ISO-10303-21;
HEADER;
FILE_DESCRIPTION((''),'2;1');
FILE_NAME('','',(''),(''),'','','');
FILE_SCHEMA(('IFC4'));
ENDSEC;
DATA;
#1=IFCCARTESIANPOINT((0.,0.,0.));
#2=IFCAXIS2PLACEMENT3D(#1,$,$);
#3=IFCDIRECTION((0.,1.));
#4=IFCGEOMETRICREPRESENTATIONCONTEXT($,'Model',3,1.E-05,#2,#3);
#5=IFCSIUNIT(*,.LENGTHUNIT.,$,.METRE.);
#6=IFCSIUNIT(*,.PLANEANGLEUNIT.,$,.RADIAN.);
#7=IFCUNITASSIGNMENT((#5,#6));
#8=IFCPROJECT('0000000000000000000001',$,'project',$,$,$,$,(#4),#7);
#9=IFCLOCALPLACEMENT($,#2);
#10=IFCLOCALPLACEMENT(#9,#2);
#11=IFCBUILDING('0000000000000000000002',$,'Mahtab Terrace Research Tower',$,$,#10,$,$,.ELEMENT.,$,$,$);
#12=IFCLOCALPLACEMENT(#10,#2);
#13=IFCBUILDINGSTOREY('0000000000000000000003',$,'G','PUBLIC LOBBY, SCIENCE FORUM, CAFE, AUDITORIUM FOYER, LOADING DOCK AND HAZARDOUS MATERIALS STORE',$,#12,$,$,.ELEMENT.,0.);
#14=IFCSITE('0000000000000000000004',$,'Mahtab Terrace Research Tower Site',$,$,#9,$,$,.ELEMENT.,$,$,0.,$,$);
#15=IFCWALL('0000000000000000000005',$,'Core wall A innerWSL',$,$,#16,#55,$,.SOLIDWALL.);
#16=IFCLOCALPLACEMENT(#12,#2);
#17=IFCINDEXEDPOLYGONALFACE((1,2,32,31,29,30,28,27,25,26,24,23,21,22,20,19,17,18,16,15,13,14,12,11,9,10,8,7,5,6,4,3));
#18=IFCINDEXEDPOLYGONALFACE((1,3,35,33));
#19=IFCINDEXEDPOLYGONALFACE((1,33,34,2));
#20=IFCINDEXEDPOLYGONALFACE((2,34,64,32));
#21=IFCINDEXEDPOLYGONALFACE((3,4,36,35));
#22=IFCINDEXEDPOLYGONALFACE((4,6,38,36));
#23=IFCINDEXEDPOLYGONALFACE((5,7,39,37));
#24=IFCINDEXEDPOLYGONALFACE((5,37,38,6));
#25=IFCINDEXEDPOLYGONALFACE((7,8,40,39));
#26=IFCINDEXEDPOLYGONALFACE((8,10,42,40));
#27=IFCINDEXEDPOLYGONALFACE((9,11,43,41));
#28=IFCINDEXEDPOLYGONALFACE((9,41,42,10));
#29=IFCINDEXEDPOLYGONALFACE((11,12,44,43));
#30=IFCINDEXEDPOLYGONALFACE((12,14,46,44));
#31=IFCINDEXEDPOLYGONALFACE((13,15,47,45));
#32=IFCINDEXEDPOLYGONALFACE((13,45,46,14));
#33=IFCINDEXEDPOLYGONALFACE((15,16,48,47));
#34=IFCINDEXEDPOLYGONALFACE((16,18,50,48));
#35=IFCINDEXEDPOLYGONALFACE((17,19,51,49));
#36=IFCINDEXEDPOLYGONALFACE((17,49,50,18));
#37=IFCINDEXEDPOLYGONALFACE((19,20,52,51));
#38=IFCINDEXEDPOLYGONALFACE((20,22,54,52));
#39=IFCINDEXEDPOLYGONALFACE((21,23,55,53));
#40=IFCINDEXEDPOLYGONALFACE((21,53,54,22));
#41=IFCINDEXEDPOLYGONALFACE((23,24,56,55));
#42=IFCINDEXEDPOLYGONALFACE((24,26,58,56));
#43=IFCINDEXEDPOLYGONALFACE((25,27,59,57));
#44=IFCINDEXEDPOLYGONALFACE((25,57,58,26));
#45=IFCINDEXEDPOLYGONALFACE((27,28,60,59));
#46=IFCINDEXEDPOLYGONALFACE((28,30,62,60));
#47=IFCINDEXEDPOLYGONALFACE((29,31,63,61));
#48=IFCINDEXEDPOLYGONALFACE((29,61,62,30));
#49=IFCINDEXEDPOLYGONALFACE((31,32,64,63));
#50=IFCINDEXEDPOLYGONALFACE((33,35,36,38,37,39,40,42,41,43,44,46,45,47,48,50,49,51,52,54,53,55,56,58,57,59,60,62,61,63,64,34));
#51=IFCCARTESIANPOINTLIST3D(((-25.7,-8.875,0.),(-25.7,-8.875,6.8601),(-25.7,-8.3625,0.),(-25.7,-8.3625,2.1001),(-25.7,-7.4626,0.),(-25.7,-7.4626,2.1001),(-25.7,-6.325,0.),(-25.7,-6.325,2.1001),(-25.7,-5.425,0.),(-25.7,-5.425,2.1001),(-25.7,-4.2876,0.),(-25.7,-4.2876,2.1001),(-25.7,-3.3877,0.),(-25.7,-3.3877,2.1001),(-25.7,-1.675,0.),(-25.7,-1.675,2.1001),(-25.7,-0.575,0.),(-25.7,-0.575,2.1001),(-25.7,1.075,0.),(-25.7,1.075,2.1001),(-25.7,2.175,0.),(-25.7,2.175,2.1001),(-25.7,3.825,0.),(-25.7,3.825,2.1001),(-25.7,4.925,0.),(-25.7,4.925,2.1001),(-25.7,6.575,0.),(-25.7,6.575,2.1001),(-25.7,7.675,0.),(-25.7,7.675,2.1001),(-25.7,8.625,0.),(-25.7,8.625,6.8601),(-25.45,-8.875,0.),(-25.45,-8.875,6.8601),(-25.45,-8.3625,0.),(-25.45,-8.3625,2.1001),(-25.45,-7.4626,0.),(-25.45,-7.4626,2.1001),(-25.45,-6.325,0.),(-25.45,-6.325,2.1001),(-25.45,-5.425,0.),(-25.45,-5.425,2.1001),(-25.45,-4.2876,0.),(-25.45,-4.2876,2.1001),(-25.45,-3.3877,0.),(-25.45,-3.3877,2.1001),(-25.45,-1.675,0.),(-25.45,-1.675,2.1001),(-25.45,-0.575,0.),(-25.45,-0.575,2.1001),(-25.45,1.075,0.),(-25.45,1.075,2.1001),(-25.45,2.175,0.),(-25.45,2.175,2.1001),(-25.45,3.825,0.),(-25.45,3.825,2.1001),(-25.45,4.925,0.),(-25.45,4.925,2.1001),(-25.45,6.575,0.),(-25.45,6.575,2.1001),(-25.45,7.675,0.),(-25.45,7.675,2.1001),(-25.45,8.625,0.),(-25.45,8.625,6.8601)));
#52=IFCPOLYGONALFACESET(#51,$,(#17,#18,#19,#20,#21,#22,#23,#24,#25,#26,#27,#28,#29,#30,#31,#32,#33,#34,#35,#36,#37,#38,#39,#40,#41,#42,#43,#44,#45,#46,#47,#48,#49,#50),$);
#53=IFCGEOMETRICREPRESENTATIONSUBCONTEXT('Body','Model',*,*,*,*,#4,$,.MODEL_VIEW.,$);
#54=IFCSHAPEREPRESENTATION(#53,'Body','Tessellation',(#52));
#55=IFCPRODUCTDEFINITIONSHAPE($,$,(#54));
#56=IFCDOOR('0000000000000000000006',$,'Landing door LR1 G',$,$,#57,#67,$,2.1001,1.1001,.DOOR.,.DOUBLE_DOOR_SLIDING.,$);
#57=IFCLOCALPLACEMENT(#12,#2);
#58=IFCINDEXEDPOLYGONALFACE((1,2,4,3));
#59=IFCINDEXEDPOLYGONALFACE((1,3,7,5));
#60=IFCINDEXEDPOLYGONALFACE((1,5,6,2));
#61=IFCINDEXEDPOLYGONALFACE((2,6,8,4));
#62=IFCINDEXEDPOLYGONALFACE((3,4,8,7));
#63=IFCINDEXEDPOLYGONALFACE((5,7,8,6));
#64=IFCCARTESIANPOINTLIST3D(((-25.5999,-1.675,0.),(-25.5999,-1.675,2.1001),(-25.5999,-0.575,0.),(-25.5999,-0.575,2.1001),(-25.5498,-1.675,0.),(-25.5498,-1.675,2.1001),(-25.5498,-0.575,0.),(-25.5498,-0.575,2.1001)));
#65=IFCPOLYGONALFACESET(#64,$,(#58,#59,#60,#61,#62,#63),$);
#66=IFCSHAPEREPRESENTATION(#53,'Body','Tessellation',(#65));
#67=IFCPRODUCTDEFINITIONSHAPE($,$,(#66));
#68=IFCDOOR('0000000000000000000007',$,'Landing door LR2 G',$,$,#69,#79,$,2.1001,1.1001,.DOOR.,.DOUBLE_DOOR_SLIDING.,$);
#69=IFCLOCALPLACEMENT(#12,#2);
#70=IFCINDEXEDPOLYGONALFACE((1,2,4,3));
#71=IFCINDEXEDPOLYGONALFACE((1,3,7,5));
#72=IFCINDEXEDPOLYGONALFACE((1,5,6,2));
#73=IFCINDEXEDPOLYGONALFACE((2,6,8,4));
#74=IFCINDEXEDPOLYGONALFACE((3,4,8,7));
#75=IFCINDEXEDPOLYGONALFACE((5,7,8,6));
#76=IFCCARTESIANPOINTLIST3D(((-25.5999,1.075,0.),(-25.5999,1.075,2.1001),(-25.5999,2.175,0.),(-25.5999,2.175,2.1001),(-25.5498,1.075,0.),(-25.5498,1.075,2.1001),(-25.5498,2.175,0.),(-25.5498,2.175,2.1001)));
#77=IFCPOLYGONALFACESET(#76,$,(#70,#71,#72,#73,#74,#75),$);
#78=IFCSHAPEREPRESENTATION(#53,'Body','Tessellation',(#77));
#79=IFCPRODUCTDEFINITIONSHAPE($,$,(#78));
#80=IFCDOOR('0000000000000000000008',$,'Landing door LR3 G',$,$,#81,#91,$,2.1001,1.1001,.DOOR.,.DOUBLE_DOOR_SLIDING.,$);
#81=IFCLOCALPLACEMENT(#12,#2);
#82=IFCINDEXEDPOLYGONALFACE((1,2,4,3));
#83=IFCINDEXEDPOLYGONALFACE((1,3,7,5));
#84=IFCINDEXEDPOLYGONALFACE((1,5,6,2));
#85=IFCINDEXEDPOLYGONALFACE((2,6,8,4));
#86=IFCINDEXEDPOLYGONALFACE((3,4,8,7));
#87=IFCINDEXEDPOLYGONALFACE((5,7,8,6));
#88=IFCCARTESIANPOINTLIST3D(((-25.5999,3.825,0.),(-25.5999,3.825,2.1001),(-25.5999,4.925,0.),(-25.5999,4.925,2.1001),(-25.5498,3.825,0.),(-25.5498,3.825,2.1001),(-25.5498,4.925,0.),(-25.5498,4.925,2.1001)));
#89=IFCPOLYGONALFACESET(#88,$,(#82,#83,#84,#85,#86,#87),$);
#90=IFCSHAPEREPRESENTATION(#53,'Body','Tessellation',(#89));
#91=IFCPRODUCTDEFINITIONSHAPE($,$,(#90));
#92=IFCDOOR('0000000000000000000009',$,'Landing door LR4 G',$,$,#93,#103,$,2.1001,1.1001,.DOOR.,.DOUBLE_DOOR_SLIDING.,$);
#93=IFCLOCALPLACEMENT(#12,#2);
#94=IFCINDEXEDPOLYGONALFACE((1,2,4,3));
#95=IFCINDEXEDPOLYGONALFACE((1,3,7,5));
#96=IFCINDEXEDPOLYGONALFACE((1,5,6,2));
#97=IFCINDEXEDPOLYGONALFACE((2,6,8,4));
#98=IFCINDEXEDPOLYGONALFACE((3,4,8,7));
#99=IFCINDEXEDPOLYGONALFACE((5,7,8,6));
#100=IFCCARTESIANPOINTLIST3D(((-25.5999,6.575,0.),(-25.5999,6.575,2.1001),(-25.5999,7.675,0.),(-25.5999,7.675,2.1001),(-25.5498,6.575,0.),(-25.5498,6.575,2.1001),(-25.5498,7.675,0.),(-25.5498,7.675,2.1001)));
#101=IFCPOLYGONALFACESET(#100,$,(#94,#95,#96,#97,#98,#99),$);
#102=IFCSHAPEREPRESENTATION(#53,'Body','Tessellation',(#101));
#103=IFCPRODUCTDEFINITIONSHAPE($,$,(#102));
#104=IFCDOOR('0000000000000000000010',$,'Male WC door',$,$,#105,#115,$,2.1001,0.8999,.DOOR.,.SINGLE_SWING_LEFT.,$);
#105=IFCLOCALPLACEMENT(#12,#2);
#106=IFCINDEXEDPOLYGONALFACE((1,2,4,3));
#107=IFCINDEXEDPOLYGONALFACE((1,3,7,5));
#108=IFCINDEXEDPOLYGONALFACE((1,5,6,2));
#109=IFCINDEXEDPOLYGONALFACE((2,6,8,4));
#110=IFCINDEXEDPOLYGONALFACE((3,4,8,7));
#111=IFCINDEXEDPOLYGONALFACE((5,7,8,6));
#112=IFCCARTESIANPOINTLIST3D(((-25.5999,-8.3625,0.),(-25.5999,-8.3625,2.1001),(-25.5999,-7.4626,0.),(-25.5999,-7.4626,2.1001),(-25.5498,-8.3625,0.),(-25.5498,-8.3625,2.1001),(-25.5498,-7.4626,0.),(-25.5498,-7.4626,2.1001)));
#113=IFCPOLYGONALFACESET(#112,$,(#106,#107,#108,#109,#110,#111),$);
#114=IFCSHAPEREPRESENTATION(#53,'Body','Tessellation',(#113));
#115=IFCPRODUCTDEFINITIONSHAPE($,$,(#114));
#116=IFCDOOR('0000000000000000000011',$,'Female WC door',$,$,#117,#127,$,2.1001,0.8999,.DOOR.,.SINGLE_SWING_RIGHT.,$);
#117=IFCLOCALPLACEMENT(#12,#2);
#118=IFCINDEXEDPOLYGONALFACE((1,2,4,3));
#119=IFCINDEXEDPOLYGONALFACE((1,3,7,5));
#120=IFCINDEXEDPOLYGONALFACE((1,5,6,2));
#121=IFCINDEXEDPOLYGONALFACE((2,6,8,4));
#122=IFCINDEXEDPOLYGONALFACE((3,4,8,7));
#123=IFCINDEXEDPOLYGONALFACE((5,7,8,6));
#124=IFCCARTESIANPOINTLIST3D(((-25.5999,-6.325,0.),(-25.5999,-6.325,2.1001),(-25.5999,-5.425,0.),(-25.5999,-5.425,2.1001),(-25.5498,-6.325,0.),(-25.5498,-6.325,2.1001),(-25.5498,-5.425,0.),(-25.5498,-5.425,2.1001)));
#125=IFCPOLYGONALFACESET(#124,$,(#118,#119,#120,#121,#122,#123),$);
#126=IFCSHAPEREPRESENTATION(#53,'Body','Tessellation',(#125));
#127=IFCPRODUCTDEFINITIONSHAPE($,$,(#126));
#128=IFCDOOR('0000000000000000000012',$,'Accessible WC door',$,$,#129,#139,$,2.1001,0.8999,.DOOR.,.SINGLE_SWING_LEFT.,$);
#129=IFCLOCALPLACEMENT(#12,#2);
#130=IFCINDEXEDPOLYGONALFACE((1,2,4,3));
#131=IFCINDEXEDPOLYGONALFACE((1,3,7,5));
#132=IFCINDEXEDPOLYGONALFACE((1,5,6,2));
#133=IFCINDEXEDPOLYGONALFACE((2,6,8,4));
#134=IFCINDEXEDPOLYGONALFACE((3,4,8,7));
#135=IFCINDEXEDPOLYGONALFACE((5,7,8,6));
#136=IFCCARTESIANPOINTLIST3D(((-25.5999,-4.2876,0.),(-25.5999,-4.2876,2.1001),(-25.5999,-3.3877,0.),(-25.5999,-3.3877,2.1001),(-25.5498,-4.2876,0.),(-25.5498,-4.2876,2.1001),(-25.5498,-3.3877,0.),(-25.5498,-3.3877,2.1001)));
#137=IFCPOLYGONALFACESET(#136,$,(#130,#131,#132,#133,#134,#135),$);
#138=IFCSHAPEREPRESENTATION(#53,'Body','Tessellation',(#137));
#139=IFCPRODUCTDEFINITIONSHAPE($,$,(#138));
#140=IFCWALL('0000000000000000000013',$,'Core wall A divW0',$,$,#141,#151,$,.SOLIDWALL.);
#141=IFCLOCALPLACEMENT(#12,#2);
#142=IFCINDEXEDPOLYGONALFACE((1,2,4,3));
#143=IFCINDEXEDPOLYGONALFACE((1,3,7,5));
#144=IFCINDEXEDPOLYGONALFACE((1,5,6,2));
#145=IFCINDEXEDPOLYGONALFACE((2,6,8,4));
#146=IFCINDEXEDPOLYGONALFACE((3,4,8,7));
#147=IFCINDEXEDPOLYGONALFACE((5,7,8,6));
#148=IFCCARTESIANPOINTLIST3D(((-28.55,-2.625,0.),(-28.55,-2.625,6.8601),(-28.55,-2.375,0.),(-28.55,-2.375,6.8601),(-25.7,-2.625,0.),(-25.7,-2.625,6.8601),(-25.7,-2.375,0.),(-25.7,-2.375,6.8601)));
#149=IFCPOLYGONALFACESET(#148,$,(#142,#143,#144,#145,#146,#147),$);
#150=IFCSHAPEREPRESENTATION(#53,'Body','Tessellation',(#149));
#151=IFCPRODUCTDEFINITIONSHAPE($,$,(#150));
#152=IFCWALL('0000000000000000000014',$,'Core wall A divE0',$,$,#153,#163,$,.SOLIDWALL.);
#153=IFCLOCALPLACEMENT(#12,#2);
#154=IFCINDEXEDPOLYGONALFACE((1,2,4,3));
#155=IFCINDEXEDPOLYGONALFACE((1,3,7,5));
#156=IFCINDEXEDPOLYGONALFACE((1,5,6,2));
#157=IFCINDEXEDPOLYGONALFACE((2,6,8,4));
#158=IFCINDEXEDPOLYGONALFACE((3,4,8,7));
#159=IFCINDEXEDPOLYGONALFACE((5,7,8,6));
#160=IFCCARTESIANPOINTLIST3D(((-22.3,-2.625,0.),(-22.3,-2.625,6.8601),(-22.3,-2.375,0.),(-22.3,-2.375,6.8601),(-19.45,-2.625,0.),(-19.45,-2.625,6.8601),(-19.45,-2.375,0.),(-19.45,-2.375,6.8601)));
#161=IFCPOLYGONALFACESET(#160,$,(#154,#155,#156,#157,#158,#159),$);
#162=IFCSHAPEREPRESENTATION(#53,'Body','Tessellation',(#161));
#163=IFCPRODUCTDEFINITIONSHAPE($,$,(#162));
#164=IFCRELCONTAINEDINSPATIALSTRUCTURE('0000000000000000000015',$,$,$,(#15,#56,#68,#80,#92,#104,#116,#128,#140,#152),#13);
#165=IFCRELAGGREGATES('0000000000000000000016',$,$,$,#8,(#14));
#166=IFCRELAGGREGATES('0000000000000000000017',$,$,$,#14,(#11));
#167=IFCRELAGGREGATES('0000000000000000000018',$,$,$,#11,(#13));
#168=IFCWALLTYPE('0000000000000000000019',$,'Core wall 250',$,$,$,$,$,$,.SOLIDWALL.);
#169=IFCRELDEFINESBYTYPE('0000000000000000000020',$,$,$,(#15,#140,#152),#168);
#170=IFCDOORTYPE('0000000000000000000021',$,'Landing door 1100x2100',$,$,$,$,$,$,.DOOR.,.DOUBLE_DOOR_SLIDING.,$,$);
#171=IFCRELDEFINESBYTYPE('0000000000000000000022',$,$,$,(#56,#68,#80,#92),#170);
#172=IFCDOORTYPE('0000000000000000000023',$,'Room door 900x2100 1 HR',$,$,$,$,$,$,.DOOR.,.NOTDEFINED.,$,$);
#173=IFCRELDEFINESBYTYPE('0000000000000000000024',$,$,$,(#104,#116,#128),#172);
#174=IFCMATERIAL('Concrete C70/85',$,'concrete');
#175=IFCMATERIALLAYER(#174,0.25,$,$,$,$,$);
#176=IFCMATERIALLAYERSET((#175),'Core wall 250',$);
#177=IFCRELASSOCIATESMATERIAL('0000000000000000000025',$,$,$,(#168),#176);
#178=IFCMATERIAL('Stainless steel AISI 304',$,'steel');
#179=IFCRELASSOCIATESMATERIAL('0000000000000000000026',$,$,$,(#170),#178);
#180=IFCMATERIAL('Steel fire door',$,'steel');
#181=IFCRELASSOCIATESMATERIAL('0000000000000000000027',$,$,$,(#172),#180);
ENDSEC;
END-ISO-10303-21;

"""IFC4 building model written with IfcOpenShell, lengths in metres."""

from ifc_helpers import new_model, si_unit, direction, frame, frame_2d, origin, place, context, subcontext, project, spatial, rectangle, extrude, material, layer, layer_set, type_object, element, fill, save


model = new_model("IFC4")

# Units and contexts
model_context = context("Model", 3, precision=1e-05, world=origin(), true_north=direction((0.0, 1.0)))
body_context = subcontext(model_context, "Body", "Model", "MODEL_VIEW")
ifc_project = project(units=[si_unit("LENGTHUNIT", "METRE"), si_unit("PLANEANGLEUNIT", "RADIAN")], contexts=[model_context])

# Site, building, storey
site_placement = place(None, origin())
site = spatial("IfcSite", under=ifc_project, at=site_placement, Name="Mahtab Terrace Research Tower Site", CompositionType="ELEMENT", RefElevation=0.0)
building_placement = place(site_placement, origin())
building = spatial("IfcBuilding", under=site, at=building_placement, Name="Mahtab Terrace Research Tower", CompositionType="ELEMENT")
storey_placement = place(building_placement, origin())
storey = spatial("IfcBuildingStorey", under=building, at=storey_placement, Name="G", Description="PUBLIC LOBBY, SCIENCE FORUM, CAFE, AUDITORIUM FOYER, LOADING DOCK AND HAZARDOUS MATERIALS STORE", CompositionType="ELEMENT", Elevation=0.0)

# Shared definitions
ifc_material_1 = material(Name="Concrete C70/85", Category="concrete")

# Wall, openings, doors
ifc_layer_1 = layer(ifc_material_1, 0.25)
ifc_layer_set_1 = layer_set([ifc_layer_1], Name="Core wall 250")
wall_type_1 = type_object("IfcWallType", Name="Core wall 250", PredefinedType="SOLIDWALL", material=ifc_layer_set_1)
wall_placement = place(storey_placement, frame((-25.575, -8.875, 0.0), z_axis=(0.0, 0.0, 1.0), x_axis=(0.0, 1.0, 0.0)))
wall = element("IfcWall", 1, at=wall_placement, inside=storey, type_object=wall_type_1, Name="Core wall A innerWSL", PredefinedType="SOLIDWALL", context=body_context, shape_type="SweptSolid", body=[
    extrude(rectangle(XDim=17.5, YDim=0.25, at=frame_2d((8.75, 0.0))), origin(), (0.0, 0.0, 1.0), 6.8601),
])
opening_1_placement = place(wall_placement, frame((7.2, 0.0, 0.0)))
opening_1 = element("IfcOpeningElement", 2, at=opening_1_placement, cuts=wall, PredefinedType="OPENING", context=body_context, shape_type="SweptSolid", body=[
    extrude(rectangle(XDim=1.1001, YDim=2.1001, at=frame_2d((0.55, 1.05))), frame((0.0, 0.135, 0.0), z_axis=(0.0, -1.0, 0.0), x_axis=(1.0, 0.0, 0.0)), (0.0, 0.0, 1.0), 0.27),
])
opening_2_placement = place(wall_placement, frame((9.95, 0.0, 0.0)))
opening_2 = element("IfcOpeningElement", 3, at=opening_2_placement, cuts=wall, PredefinedType="OPENING", context=body_context, shape_type="SweptSolid", body=[
    extrude(rectangle(XDim=1.1001, YDim=2.1001, at=frame_2d((0.55, 1.05))), frame((0.0, 0.135, 0.0), z_axis=(0.0, -1.0, 0.0), x_axis=(1.0, 0.0, 0.0)), (0.0, 0.0, 1.0), 0.27),
])
opening_3_placement = place(wall_placement, frame((12.7, 0.0, 0.0)))
opening_3 = element("IfcOpeningElement", 4, at=opening_3_placement, cuts=wall, PredefinedType="OPENING", context=body_context, shape_type="SweptSolid", body=[
    extrude(rectangle(XDim=1.1001, YDim=2.1001, at=frame_2d((0.55, 1.05))), frame((0.0, 0.135, 0.0), z_axis=(0.0, -1.0, 0.0), x_axis=(1.0, 0.0, 0.0)), (0.0, 0.0, 1.0), 0.27),
])
opening_4_placement = place(wall_placement, frame((15.45, 0.0, 0.0)))
opening_4 = element("IfcOpeningElement", 5, at=opening_4_placement, cuts=wall, PredefinedType="OPENING", context=body_context, shape_type="SweptSolid", body=[
    extrude(rectangle(XDim=1.1001, YDim=2.1001, at=frame_2d((0.55, 1.05))), frame((0.0, 0.135, 0.0), z_axis=(0.0, -1.0, 0.0), x_axis=(1.0, 0.0, 0.0)), (0.0, 0.0, 1.0), 0.27),
])
opening_5_placement = place(wall_placement, frame((0.5125, 0.0, 0.0)))
opening_5 = element("IfcOpeningElement", 6, at=opening_5_placement, cuts=wall, PredefinedType="OPENING", context=body_context, shape_type="SweptSolid", body=[
    extrude(rectangle(XDim=0.8999, YDim=2.1001, at=frame_2d((0.45, 1.05))), frame((0.0, 0.135, 0.0), z_axis=(0.0, -1.0, 0.0), x_axis=(1.0, 0.0, 0.0)), (0.0, 0.0, 1.0), 0.27),
])
opening_6_placement = place(wall_placement, frame((2.55, 0.0, 0.0)))
opening_6 = element("IfcOpeningElement", 7, at=opening_6_placement, cuts=wall, PredefinedType="OPENING", context=body_context, shape_type="SweptSolid", body=[
    extrude(rectangle(XDim=0.8999, YDim=2.1001, at=frame_2d((0.45, 1.05))), frame((0.0, 0.135, 0.0), z_axis=(0.0, -1.0, 0.0), x_axis=(1.0, 0.0, 0.0)), (0.0, 0.0, 1.0), 0.27),
])
opening_7_placement = place(wall_placement, frame((4.5874, 0.0, 0.0)))
opening_7 = element("IfcOpeningElement", 8, at=opening_7_placement, cuts=wall, PredefinedType="OPENING", context=body_context, shape_type="SweptSolid", body=[
    extrude(rectangle(XDim=0.8999, YDim=2.1001, at=frame_2d((0.45, 1.05))), frame((0.0, 0.135, 0.0), z_axis=(0.0, -1.0, 0.0), x_axis=(1.0, 0.0, 0.0)), (0.0, 0.0, 1.0), 0.27),
])
ifc_material_2 = material(Name="Stainless steel AISI 304", Category="steel")
door_type_1 = type_object("IfcDoorType", Name="Landing door 1100x2100", OperationType="DOUBLE_DOOR_SLIDING", PredefinedType="DOOR", material=ifc_material_2)
door_1_placement = place(opening_1_placement, origin())
door_1 = element("IfcDoor", 9, at=door_1_placement, inside=storey, type_object=door_type_1, Name="Landing door LR1 G", OperationType="DOUBLE_DOOR_SLIDING", OverallHeight=2.1001, OverallWidth=1.1001, PredefinedType="DOOR", context=body_context, shape_type="SweptSolid", body=[
    extrude(rectangle(XDim=1.1001, YDim=2.1001, at=frame_2d((0.55, 1.05))), frame((0.0, 0.0249, 0.0), z_axis=(0.0, -1.0, 0.0), x_axis=(1.0, 0.0, 0.0)), (0.0, 0.0, 1.0), 0.05),
])
fill(opening_1, door_1)
door_2_placement = place(opening_2_placement, origin())
door_2 = element("IfcDoor", 10, at=door_2_placement, inside=storey, type_object=door_type_1, Name="Landing door LR2 G", OperationType="DOUBLE_DOOR_SLIDING", OverallHeight=2.1001, OverallWidth=1.1001, PredefinedType="DOOR", context=body_context, shape_type="SweptSolid", body=[
    extrude(rectangle(XDim=1.1001, YDim=2.1001, at=frame_2d((0.55, 1.05))), frame((0.0, 0.0249, 0.0), z_axis=(0.0, -1.0, 0.0), x_axis=(1.0, 0.0, 0.0)), (0.0, 0.0, 1.0), 0.05),
])
fill(opening_2, door_2)
door_3_placement = place(opening_3_placement, origin())
door_3 = element("IfcDoor", 11, at=door_3_placement, inside=storey, type_object=door_type_1, Name="Landing door LR3 G", OperationType="DOUBLE_DOOR_SLIDING", OverallHeight=2.1001, OverallWidth=1.1001, PredefinedType="DOOR", context=body_context, shape_type="SweptSolid", body=[
    extrude(rectangle(XDim=1.1001, YDim=2.1001, at=frame_2d((0.55, 1.05))), frame((0.0, 0.0249, 0.0), z_axis=(0.0, -1.0, 0.0), x_axis=(1.0, 0.0, 0.0)), (0.0, 0.0, 1.0), 0.05),
])
fill(opening_3, door_3)
door_4_placement = place(opening_4_placement, origin())
door_4 = element("IfcDoor", 12, at=door_4_placement, inside=storey, type_object=door_type_1, Name="Landing door LR4 G", OperationType="DOUBLE_DOOR_SLIDING", OverallHeight=2.1001, OverallWidth=1.1001, PredefinedType="DOOR", context=body_context, shape_type="SweptSolid", body=[
    extrude(rectangle(XDim=1.1001, YDim=2.1001, at=frame_2d((0.55, 1.05))), frame((0.0, 0.0249, 0.0), z_axis=(0.0, -1.0, 0.0), x_axis=(1.0, 0.0, 0.0)), (0.0, 0.0, 1.0), 0.05),
])
fill(opening_4, door_4)
ifc_material_3 = material(Name="Steel fire door", Category="steel")
door_type_2 = type_object("IfcDoorType", Name="Room door 900x2100 1 HR", OperationType="NOTDEFINED", PredefinedType="DOOR", material=ifc_material_3)
door_5_placement = place(opening_5_placement, origin())
door_5 = element("IfcDoor", 13, at=door_5_placement, inside=storey, type_object=door_type_2, Name="Male WC door", OperationType="SINGLE_SWING_LEFT", OverallHeight=2.1001, OverallWidth=0.8999, PredefinedType="DOOR", context=body_context, shape_type="SweptSolid", body=[
    extrude(rectangle(XDim=0.8999, YDim=2.1001, at=frame_2d((0.45, 1.05))), frame((0.0, 0.0249, 0.0), z_axis=(0.0, -1.0, 0.0), x_axis=(1.0, 0.0, 0.0)), (0.0, 0.0, 1.0), 0.05),
])
fill(opening_5, door_5)
door_6_placement = place(opening_6_placement, origin())
door_6 = element("IfcDoor", 14, at=door_6_placement, inside=storey, type_object=door_type_2, Name="Female WC door", OperationType="SINGLE_SWING_RIGHT", OverallHeight=2.1001, OverallWidth=0.8999, PredefinedType="DOOR", context=body_context, shape_type="SweptSolid", body=[
    extrude(rectangle(XDim=0.8999, YDim=2.1001, at=frame_2d((0.45, 1.05))), frame((0.0, 0.0249, 0.0), z_axis=(0.0, -1.0, 0.0), x_axis=(1.0, 0.0, 0.0)), (0.0, 0.0, 1.0), 0.05),
])
fill(opening_6, door_6)
door_7_placement = place(opening_7_placement, origin())
door_7 = element("IfcDoor", 15, at=door_7_placement, inside=storey, type_object=door_type_2, Name="Accessible WC door", OperationType="SINGLE_SWING_LEFT", OverallHeight=2.1001, OverallWidth=0.8999, PredefinedType="DOOR", context=body_context, shape_type="SweptSolid", body=[
    extrude(rectangle(XDim=0.8999, YDim=2.1001, at=frame_2d((0.45, 1.05))), frame((0.0, 0.0249, 0.0), z_axis=(0.0, -1.0, 0.0), x_axis=(1.0, 0.0, 0.0)), (0.0, 0.0, 1.0), 0.05),
])
fill(opening_7, door_7)

# Walls
for number, where, z_axis, x_axis, name in (
    (16, (-28.55, -2.5, 0.0), (0.0, 0.0, 1.0), (1.0, 0.0, 0.0), "Core wall A divW0"),
    (17, (-22.3, -2.5, 0.0), (0.0, 0.0, 1.0), (1.0, 0.0, 0.0), "Core wall A divE0"),
):
    element("IfcWall", number, at=place(storey_placement, frame(where, z_axis=z_axis, x_axis=x_axis)), inside=storey, type_object=wall_type_1, Name=name, PredefinedType="SOLIDWALL", context=body_context, shape_type="SweptSolid", body=[
        extrude(rectangle(XDim=2.8501, YDim=0.25, at=frame_2d((1.425, 0.0))), origin(), (0.0, 0.0, 1.0), 6.8601),
    ])

save(model, "model.ifc")
